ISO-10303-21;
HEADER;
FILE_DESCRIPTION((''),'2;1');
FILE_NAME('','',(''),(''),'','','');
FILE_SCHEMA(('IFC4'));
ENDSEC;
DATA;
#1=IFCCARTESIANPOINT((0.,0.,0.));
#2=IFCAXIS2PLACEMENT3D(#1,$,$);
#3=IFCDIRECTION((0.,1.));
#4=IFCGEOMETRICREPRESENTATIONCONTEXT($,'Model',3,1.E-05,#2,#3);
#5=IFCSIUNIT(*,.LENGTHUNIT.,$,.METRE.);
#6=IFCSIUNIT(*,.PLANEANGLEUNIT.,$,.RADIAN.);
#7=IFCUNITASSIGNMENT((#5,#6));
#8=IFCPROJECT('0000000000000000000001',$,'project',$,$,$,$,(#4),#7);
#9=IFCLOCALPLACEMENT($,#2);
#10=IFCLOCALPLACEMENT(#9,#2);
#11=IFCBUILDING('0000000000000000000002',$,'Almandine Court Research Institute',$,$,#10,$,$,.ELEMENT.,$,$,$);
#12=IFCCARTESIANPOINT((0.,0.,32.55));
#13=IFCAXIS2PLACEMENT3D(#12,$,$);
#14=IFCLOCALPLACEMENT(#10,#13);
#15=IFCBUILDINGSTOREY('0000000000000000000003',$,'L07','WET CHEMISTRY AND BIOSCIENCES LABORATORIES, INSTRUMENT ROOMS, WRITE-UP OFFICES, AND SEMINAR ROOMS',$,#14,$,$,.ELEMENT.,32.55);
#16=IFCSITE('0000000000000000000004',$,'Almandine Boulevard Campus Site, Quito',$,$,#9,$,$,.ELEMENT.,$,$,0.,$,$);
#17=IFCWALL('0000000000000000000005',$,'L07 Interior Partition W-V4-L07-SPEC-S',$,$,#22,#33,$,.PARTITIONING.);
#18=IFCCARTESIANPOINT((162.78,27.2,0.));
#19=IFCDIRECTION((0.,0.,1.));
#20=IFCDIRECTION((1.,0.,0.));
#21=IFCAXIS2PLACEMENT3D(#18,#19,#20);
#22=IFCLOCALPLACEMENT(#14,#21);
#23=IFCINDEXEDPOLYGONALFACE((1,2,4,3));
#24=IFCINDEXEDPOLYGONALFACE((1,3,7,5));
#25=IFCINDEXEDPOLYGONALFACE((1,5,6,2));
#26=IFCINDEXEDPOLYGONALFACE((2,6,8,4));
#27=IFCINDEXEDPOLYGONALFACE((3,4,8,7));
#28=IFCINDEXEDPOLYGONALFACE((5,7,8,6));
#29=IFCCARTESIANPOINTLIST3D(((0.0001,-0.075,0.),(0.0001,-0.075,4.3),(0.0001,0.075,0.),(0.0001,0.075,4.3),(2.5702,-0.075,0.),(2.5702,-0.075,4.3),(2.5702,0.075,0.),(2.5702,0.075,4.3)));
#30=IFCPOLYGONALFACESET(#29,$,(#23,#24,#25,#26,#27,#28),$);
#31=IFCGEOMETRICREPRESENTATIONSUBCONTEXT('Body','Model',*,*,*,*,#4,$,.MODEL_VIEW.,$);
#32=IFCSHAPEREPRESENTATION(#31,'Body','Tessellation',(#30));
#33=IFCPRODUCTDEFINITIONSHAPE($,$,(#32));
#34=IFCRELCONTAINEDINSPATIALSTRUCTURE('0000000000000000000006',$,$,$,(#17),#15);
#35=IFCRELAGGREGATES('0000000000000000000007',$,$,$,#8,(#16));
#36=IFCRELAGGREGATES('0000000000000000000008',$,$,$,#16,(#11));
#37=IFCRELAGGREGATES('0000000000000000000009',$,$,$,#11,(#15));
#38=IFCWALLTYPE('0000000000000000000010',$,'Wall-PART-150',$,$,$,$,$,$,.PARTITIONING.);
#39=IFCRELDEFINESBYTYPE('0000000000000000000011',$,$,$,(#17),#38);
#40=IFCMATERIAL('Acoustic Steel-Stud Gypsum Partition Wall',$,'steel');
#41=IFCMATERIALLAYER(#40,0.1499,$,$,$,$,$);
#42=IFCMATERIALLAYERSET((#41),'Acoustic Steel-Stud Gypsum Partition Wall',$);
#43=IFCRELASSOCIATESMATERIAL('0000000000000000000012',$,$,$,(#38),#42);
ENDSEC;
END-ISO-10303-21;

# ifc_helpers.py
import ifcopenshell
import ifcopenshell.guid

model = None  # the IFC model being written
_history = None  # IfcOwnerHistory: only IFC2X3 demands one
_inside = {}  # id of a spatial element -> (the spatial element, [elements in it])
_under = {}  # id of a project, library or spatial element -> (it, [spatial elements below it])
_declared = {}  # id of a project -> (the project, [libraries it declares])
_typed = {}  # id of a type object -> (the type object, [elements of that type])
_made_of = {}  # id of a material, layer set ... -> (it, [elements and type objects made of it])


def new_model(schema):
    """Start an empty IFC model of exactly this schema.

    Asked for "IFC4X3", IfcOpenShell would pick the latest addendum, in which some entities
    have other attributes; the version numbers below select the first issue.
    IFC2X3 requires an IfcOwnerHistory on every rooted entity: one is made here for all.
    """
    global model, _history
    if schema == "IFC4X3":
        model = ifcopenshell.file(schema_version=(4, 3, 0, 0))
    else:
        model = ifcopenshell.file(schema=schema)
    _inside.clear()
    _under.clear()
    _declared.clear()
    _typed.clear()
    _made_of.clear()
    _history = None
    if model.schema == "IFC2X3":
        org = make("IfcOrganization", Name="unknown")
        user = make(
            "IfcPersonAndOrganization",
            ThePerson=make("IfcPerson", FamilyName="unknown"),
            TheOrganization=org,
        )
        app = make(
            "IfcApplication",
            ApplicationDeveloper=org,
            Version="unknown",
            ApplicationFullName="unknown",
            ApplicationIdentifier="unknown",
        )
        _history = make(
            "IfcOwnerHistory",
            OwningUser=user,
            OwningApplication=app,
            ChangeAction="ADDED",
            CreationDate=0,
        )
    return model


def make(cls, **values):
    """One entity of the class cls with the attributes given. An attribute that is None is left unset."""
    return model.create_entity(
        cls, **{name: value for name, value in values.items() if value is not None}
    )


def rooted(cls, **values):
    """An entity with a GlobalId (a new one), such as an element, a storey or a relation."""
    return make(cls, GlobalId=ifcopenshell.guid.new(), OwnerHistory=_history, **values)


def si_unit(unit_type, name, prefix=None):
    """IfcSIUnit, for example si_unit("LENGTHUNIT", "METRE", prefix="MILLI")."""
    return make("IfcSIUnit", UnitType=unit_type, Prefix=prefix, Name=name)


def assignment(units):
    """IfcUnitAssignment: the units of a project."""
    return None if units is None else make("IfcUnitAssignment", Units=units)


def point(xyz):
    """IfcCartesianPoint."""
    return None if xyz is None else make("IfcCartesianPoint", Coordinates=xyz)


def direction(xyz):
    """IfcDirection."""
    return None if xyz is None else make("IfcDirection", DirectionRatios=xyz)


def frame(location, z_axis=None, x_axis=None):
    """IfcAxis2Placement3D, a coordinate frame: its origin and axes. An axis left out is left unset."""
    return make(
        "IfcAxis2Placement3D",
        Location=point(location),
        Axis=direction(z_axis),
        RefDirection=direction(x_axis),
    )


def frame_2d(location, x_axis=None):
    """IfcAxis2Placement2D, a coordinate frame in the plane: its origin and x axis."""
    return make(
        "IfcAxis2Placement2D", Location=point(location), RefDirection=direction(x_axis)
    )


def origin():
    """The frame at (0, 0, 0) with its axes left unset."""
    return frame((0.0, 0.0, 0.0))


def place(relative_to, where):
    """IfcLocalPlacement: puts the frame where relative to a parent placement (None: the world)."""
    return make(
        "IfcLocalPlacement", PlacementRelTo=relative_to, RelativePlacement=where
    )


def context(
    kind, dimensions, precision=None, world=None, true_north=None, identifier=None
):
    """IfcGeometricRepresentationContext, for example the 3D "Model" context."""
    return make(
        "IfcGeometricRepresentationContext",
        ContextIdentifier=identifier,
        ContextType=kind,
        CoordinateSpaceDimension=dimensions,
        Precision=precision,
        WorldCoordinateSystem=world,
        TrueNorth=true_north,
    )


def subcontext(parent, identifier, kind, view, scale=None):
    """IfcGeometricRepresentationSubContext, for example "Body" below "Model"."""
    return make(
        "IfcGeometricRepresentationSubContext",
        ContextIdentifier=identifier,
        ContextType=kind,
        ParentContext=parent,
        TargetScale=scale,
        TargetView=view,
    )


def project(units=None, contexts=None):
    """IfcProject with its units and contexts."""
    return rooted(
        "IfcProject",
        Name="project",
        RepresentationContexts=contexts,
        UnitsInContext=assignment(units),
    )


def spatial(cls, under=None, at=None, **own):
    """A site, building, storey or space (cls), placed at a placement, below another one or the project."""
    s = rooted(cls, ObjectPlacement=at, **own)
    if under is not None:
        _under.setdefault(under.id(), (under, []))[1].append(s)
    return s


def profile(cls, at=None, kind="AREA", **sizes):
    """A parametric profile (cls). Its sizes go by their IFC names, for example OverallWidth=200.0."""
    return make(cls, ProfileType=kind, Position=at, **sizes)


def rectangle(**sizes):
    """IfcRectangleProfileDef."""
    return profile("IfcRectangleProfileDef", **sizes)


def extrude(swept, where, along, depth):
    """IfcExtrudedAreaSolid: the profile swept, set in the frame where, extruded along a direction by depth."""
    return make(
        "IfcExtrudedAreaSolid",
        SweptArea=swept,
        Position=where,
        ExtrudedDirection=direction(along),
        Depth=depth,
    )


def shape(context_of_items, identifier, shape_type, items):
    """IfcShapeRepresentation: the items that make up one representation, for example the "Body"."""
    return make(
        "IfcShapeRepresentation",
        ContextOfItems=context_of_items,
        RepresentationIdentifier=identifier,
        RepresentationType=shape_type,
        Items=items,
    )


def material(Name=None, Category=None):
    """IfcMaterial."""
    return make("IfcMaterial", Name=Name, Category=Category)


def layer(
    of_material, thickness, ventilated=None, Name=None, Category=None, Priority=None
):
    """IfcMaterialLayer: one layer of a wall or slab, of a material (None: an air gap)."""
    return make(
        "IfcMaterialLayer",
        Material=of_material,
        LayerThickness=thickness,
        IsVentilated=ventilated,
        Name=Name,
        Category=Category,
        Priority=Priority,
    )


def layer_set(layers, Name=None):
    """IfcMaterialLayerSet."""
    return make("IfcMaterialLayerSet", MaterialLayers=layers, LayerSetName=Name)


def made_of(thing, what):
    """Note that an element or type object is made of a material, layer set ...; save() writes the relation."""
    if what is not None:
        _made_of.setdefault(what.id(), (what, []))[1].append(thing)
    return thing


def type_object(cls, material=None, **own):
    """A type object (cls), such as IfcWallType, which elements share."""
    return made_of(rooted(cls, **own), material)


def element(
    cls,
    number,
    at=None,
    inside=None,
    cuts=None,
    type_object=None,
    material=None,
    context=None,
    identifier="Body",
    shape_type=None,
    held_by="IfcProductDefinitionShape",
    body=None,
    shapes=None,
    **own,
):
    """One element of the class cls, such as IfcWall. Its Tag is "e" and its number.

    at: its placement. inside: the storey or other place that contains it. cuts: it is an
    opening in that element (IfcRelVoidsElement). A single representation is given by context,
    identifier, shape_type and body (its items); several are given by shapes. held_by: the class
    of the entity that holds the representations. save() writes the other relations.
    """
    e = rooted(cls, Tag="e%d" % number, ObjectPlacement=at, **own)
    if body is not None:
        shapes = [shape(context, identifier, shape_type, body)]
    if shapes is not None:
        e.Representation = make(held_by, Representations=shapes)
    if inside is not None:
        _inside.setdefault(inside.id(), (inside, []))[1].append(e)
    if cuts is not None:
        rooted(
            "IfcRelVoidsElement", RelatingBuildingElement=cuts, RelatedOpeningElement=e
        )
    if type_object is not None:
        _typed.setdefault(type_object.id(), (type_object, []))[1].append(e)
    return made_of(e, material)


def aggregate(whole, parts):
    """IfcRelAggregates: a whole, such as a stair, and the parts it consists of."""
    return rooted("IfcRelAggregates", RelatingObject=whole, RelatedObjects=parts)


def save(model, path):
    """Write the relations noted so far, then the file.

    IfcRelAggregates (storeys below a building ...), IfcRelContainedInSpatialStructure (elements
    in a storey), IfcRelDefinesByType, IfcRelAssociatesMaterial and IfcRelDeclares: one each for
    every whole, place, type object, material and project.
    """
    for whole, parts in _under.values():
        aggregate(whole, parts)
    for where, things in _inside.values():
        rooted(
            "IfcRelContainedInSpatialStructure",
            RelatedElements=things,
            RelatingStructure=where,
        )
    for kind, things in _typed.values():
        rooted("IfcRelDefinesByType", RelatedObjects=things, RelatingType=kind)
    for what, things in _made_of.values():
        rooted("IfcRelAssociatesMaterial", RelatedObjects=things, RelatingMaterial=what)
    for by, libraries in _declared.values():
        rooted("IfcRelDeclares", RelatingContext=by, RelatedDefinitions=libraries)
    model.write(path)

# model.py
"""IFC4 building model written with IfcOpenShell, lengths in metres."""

from ifc_helpers import new_model, si_unit, direction, frame, frame_2d, origin, place, context, subcontext, project, spatial, rectangle, extrude, material, layer, layer_set, type_object, element, save


model = new_model("IFC4")

# Units and contexts
model_context = context("Model", 3, precision=1e-05, world=origin(), true_north=direction((0.0, 1.0)))
body_context = subcontext(model_context, "Body", "Model", "MODEL_VIEW")
ifc_project = project(units=[si_unit("LENGTHUNIT", "METRE"), si_unit("PLANEANGLEUNIT", "RADIAN")], contexts=[model_context])

# Site, building, storey
site_placement = place(None, origin())
site = spatial("IfcSite", under=ifc_project, at=site_placement, Name="Almandine Boulevard Campus Site, Quito", CompositionType="ELEMENT", RefElevation=0.0)
building_placement = place(site_placement, origin())
building = spatial("IfcBuilding", under=site, at=building_placement, Name="Almandine Court Research Institute", CompositionType="ELEMENT")
storey_placement = place(building_placement, frame((0.0, 0.0, 32.55)))
storey = spatial("IfcBuildingStorey", under=building, at=storey_placement, Name="L07", Description="WET CHEMISTRY AND BIOSCIENCES LABORATORIES, INSTRUMENT ROOMS, WRITE-UP OFFICES, AND SEMINAR ROOMS", CompositionType="ELEMENT", Elevation=32.55)

# Shared definitions
ifc_material_1 = material(Name="Acoustic Steel-Stud Gypsum Partition Wall", Category="steel")
ifc_layer_1 = layer(ifc_material_1, 0.1499)
ifc_layer_set_1 = layer_set([ifc_layer_1], Name="Acoustic Steel-Stud Gypsum Partition Wall")
wall_type_1 = type_object("IfcWallType", Name="Wall-PART-150", PredefinedType="PARTITIONING", material=ifc_layer_set_1)

# Wall
wall_1_placement = place(storey_placement, frame((162.78, 27.2, 0.0), z_axis=(0.0, 0.0, 1.0), x_axis=(1.0, 0.0, 0.0)))
element("IfcWall", 1, at=wall_1_placement, inside=storey, type_object=wall_type_1, Name="L07 Interior Partition W-V4-L07-SPEC-S", PredefinedType="PARTITIONING", context=body_context, shape_type="SweptSolid", body=[
    extrude(rectangle(XDim=2.5701, YDim=0.1499, at=frame_2d((1.2852, 0.0))), origin(), (0.0, 0.0, 1.0), 4.3),
])

save(model, "model.ifc")
